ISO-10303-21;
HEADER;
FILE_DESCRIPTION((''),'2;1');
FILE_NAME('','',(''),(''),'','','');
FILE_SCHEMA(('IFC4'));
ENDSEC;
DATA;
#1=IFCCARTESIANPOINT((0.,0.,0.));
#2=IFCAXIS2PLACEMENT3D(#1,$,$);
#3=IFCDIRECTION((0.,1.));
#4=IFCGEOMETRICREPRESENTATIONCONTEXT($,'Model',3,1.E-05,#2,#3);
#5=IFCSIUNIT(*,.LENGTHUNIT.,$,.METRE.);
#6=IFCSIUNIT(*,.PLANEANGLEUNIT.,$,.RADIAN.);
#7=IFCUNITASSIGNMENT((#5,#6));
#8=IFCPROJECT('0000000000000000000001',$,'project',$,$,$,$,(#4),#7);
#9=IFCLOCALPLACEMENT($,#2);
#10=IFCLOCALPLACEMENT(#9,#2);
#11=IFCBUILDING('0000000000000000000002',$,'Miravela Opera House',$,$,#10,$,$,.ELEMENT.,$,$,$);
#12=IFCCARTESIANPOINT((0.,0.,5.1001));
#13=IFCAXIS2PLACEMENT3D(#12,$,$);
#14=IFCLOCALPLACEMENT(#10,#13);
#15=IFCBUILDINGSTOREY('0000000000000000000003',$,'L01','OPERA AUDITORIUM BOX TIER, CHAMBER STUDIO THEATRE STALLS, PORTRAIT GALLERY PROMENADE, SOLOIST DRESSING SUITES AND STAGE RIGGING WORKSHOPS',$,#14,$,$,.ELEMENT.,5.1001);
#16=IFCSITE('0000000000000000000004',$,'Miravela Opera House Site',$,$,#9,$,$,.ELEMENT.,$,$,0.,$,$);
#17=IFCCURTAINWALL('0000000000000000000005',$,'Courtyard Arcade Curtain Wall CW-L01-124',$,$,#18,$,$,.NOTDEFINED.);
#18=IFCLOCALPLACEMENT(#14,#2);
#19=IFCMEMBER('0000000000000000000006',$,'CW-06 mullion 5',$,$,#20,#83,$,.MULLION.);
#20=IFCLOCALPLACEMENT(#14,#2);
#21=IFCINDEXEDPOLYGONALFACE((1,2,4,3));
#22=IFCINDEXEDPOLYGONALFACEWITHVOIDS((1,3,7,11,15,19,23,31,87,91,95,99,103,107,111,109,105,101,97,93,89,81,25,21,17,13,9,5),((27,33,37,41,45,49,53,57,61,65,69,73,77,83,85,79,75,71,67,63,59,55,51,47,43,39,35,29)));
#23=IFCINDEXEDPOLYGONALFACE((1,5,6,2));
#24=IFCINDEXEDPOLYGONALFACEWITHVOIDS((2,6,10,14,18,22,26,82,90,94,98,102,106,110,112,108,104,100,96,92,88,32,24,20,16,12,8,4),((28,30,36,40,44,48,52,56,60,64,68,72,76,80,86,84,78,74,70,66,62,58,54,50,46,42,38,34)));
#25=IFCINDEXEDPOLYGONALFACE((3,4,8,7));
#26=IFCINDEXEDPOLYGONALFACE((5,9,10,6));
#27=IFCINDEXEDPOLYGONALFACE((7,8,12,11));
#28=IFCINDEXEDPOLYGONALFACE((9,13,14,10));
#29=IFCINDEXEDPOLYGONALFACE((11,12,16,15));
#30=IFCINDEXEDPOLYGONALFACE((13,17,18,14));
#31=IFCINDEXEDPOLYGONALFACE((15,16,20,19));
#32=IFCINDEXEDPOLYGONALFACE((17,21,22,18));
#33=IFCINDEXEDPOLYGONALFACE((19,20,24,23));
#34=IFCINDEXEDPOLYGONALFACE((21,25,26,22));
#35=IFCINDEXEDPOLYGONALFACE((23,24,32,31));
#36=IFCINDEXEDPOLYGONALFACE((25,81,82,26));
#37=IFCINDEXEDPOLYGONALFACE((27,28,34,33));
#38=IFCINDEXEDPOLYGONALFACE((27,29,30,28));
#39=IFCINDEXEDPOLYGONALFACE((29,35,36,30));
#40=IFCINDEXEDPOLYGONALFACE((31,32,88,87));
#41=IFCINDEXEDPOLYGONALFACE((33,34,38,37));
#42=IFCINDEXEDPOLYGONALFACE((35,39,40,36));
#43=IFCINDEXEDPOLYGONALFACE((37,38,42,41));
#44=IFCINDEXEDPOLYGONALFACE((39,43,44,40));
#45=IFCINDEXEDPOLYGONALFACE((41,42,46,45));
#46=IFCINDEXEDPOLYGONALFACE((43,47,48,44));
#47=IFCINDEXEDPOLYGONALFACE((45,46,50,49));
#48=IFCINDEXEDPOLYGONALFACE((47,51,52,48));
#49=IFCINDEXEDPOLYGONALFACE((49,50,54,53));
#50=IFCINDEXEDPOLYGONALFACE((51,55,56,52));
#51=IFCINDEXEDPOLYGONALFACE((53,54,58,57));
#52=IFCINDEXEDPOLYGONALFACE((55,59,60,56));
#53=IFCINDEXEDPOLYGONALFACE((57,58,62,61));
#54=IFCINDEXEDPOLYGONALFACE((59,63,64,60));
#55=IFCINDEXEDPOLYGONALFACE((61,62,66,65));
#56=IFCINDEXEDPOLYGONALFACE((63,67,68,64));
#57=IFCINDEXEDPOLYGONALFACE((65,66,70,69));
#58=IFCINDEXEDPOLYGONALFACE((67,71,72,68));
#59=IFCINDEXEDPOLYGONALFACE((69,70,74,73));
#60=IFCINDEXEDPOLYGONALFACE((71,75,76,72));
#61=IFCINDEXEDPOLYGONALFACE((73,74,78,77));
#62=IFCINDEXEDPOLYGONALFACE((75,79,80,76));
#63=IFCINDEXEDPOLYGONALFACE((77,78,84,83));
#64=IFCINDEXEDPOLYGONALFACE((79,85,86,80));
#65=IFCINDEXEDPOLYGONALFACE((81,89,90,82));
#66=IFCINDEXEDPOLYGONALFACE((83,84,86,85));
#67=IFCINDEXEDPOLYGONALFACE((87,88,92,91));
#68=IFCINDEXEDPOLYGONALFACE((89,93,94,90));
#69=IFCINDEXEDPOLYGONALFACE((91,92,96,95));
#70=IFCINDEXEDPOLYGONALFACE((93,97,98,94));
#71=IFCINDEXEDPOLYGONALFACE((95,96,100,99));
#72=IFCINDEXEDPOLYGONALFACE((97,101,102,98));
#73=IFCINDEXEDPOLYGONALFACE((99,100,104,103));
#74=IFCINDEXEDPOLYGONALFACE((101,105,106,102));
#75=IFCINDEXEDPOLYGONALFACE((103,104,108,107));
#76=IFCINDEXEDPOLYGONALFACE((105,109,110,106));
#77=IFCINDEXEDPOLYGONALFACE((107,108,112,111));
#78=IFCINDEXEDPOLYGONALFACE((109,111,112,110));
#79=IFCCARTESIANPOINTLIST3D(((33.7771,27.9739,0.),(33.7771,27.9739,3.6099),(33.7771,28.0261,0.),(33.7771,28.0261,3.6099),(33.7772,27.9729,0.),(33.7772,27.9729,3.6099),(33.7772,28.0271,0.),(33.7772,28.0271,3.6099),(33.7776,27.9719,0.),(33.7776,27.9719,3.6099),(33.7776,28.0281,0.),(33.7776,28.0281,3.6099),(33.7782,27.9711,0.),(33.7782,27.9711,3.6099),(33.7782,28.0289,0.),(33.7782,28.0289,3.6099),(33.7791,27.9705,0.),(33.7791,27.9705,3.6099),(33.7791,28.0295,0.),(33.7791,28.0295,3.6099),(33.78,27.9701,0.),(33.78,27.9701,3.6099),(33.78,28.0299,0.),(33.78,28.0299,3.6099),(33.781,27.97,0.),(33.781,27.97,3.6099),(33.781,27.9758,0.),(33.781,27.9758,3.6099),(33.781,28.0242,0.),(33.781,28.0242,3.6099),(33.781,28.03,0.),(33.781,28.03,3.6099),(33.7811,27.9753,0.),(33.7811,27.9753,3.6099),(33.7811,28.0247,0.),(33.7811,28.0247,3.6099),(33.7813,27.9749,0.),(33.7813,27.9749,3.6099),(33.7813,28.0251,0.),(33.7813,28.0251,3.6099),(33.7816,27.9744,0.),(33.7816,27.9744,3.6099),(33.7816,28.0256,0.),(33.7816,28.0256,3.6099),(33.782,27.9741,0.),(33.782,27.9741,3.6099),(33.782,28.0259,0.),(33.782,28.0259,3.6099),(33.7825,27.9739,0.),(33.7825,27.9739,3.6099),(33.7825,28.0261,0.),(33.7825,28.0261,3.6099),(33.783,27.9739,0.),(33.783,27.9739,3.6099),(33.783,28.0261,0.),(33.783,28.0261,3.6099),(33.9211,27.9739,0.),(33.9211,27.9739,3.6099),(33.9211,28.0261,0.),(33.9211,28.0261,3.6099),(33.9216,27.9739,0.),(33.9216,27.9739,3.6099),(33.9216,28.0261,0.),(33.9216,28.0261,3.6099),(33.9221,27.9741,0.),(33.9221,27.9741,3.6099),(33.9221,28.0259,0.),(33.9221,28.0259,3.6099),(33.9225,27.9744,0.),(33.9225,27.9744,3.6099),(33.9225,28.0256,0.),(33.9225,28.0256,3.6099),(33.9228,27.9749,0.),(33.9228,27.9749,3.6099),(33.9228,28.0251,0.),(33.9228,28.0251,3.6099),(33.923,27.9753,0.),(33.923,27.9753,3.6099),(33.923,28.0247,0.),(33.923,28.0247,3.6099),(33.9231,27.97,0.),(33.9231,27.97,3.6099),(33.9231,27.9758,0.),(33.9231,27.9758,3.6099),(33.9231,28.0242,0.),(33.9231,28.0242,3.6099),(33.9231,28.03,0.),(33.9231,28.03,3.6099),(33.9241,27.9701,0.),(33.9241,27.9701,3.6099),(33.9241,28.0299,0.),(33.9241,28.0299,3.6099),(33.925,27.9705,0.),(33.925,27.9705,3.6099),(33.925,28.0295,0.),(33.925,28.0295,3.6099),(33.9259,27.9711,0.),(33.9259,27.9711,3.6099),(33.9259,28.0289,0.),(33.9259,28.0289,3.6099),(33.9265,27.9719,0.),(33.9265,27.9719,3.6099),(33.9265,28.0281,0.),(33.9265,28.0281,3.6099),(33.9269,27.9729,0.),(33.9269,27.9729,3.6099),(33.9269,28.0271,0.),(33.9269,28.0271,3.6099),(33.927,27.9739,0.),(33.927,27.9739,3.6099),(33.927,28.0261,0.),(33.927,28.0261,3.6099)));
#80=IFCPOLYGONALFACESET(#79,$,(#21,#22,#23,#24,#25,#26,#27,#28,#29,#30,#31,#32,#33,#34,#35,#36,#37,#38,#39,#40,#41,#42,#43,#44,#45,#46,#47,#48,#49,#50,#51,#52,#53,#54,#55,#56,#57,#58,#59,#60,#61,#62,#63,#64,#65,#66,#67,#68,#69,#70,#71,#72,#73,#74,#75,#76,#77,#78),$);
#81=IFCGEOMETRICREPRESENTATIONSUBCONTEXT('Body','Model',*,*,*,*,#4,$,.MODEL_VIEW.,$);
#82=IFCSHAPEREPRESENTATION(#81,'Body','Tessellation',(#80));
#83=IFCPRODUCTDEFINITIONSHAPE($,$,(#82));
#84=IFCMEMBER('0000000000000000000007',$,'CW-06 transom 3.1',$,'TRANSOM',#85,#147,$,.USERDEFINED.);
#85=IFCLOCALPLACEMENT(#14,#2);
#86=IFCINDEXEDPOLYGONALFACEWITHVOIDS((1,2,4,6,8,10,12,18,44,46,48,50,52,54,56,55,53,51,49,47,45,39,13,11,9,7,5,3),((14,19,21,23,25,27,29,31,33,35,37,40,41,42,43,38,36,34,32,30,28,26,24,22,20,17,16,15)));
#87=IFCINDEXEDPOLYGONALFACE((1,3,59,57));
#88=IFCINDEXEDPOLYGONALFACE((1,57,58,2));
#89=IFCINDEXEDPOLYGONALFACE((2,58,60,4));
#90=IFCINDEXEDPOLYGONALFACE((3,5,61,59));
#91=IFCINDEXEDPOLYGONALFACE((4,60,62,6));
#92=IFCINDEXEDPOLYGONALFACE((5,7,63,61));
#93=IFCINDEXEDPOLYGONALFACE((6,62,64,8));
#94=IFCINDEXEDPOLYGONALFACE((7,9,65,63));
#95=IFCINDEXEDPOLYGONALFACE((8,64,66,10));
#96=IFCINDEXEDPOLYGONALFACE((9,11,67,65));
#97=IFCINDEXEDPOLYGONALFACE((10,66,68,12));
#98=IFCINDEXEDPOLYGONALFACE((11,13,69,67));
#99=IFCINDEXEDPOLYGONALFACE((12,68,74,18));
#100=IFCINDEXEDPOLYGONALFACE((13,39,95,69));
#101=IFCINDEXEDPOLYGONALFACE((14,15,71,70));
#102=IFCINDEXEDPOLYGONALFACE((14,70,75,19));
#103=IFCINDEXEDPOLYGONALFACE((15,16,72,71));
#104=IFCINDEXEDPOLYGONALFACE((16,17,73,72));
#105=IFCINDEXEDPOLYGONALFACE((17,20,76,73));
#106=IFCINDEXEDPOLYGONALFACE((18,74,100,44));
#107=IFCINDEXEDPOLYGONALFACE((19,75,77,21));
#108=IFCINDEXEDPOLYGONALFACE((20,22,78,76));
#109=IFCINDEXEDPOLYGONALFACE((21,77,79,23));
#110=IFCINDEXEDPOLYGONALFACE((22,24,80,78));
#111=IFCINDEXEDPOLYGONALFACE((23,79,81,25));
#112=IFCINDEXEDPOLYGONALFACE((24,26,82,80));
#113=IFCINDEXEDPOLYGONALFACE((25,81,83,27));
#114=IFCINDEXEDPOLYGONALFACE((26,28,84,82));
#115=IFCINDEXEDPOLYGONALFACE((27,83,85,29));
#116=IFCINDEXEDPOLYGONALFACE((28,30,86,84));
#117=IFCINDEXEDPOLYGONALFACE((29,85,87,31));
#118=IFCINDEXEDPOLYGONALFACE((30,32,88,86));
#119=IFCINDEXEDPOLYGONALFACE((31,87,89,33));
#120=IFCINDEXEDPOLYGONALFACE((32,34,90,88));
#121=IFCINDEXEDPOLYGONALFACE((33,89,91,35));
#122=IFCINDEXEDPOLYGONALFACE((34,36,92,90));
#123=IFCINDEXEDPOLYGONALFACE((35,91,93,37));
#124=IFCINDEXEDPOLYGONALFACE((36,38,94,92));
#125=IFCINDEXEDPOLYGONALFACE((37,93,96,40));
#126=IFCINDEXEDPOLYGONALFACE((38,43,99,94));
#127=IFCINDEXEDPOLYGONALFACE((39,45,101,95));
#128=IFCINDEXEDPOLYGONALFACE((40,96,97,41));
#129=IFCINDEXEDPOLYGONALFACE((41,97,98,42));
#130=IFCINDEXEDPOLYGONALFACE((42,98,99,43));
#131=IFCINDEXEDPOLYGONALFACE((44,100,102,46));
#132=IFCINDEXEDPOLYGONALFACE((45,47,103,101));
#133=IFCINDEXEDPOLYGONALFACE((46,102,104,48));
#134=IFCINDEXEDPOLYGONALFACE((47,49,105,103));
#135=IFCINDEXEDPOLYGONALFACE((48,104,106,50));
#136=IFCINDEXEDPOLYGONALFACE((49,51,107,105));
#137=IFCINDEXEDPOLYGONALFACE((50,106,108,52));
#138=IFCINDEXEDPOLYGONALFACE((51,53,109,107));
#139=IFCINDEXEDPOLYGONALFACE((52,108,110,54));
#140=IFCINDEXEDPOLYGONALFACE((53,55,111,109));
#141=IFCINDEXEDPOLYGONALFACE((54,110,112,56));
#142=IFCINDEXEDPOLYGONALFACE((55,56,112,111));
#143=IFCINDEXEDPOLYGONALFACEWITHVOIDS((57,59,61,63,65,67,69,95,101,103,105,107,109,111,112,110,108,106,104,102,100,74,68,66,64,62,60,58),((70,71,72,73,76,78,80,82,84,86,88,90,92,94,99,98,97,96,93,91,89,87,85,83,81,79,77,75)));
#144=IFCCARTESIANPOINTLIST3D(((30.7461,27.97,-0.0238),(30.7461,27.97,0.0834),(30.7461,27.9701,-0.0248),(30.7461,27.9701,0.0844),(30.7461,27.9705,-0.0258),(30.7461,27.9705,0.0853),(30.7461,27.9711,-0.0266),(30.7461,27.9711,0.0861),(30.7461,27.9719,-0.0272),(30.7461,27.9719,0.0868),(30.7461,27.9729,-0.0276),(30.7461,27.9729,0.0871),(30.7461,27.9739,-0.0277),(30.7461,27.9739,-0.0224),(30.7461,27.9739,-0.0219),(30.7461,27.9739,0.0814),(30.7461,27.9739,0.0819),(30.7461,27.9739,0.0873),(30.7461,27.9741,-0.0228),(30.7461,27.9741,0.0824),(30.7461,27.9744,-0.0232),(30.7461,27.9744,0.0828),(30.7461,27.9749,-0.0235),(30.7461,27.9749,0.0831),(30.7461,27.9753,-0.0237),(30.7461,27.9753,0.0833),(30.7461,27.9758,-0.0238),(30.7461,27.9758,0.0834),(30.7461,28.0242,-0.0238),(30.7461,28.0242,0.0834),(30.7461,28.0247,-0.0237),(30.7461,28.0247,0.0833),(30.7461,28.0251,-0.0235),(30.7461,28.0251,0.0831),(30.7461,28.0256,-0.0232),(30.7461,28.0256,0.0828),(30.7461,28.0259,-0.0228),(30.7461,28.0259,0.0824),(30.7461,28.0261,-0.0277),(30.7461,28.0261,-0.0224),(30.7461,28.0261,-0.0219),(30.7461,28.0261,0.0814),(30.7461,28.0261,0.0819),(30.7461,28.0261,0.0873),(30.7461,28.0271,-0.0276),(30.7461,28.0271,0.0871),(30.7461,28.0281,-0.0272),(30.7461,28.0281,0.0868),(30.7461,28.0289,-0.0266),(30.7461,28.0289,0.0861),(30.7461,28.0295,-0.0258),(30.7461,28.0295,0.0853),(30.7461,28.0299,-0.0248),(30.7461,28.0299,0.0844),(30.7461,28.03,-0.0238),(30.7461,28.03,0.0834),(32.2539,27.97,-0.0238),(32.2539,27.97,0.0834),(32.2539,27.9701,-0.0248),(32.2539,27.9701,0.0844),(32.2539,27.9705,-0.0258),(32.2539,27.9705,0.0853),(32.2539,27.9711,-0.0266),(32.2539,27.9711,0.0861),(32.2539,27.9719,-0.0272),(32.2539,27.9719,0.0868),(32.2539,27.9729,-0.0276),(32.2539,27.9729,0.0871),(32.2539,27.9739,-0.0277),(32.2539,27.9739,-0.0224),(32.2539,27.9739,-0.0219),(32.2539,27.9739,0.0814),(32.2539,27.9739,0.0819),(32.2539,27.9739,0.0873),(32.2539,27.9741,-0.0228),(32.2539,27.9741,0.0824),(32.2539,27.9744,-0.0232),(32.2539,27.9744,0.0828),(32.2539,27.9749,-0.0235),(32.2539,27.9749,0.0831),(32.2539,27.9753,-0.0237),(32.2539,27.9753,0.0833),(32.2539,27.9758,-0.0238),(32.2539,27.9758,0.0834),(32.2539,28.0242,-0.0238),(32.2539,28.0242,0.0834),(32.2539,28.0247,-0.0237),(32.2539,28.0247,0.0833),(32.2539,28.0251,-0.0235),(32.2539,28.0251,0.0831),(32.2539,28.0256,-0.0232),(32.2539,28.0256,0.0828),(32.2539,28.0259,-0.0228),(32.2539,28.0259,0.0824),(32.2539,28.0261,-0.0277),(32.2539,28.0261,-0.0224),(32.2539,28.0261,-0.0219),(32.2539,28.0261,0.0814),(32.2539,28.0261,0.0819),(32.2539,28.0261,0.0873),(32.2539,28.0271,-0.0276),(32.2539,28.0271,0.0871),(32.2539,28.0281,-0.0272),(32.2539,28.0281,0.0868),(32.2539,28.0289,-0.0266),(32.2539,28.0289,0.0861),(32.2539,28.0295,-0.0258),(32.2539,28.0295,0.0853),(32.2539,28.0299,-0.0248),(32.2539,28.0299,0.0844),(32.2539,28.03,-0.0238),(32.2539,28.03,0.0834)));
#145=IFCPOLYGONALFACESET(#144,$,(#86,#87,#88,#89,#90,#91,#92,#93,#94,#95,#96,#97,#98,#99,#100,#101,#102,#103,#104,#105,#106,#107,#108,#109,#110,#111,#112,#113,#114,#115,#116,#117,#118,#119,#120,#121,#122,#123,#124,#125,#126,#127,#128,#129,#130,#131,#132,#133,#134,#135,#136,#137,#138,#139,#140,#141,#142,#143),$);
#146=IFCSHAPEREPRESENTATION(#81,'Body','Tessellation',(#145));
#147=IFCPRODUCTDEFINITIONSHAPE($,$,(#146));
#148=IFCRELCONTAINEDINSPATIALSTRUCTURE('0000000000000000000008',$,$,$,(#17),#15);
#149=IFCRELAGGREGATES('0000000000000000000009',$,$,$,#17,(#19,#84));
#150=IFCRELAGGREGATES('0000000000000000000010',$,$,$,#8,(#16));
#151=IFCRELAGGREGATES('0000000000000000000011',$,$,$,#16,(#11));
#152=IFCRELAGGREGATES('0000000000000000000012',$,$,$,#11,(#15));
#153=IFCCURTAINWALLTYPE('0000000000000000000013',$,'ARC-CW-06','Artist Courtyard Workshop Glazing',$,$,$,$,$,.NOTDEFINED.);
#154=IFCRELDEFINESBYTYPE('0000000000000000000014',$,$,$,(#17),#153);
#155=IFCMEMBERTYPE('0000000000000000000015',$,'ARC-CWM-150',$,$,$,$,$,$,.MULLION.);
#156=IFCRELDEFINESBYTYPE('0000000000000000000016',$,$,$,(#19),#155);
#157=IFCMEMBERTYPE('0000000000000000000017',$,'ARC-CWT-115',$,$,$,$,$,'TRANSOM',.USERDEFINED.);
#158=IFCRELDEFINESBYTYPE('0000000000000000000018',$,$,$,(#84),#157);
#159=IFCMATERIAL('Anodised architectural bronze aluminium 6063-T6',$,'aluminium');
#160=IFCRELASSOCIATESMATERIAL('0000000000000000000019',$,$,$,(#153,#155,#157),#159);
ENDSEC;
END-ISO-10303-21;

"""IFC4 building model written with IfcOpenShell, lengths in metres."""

from ifc_helpers import new_model, si_unit, direction, frame, origin, origin_2d, place, context, subcontext, project, spatial, hollow_rectangle, extrude, material, material_profile, profile_set, type_object, element, aggregate, save


model = new_model("IFC4")

# Units and contexts
model_context = context("Model", 3, precision=1e-05, world=origin(), true_north=direction((0.0, 1.0)))
body_context = subcontext(model_context, "Body", "Model", "MODEL_VIEW")
ifc_project = project(units=[si_unit("LENGTHUNIT", "METRE"), si_unit("PLANEANGLEUNIT", "RADIAN")], contexts=[model_context])

# Site, building, storey
site_placement = place(None, origin())
site = spatial("IfcSite", under=ifc_project, at=site_placement, Name="Miravela Opera House Site", CompositionType="ELEMENT", RefElevation=0.0)
building_placement = place(site_placement, origin())
building = spatial("IfcBuilding", under=site, at=building_placement, Name="Miravela Opera House", CompositionType="ELEMENT")
storey_placement = place(building_placement, frame((0.0, 0.0, 5.1001)))
storey = spatial("IfcBuildingStorey", under=building, at=storey_placement, Name="L01", Description="OPERA AUDITORIUM BOX TIER, CHAMBER STUDIO THEATRE STALLS, PORTRAIT GALLERY PROMENADE, SOLOIST DRESSING SUITES AND STAGE RIGGING WORKSHOPS", CompositionType="ELEMENT", Elevation=5.1001)

# Curtain wall, members
ifc_material_1 = material(Name="Anodised architectural bronze aluminium 6063-T6", Category="aluminium")
curtain_wall_type = type_object("IfcCurtainWallType", Name="ARC-CW-06", Description="Artist Courtyard Workshop Glazing", PredefinedType="NOTDEFINED", material=ifc_material_1)
curtain_wall_placement = place(storey_placement, origin())
curtain_wall = element("IfcCurtainWall", 1, at=curtain_wall_placement, inside=storey, type_object=curtain_wall_type, Name="Courtyard Arcade Curtain Wall CW-L01-124", PredefinedType="NOTDEFINED")
ifc_material_profile_1 = material_profile(ifc_material_1, hollow_rectangle(XDim=0.0601, YDim=0.1499, WallThickness=0.0039, InnerFilletRadius=0.002, OuterFilletRadius=0.0039, at=origin_2d()), Name="CWM-60X150")
ifc_profile_set_1 = profile_set([ifc_material_profile_1])
member_type_1 = type_object("IfcMemberType", Name="ARC-CWM-150", PredefinedType="MULLION", material=ifc_profile_set_1)
member_1_placement = place(storey_placement, frame((33.8521, 28.0, 0.0), z_axis=(0.0, 0.0, 1.0), x_axis=(0.0, 1.0, 0.0)))
member_1 = element("IfcMember", 2, at=member_1_placement, type_object=member_type_1, Name="CW-06 mullion 5", PredefinedType="MULLION", context=body_context, shape_type="SweptSolid", body=[
    extrude(hollow_rectangle(XDim=0.0601, YDim=0.1499, WallThickness=0.0039, InnerFilletRadius=0.002, OuterFilletRadius=0.0039, at=origin_2d()), origin(), (0.0, 0.0, 1.0), 3.6099),
])
ifc_material_profile_2 = material_profile(ifc_material_1, hollow_rectangle(XDim=0.0601, YDim=0.115, WallThickness=0.0039, InnerFilletRadius=0.002, OuterFilletRadius=0.0039, at=origin_2d()), Name="CWT-60X115")
ifc_profile_set_2 = profile_set([ifc_material_profile_2])
member_type_2 = type_object("IfcMemberType", Name="ARC-CWT-115", ElementType="TRANSOM", PredefinedType="USERDEFINED", material=ifc_profile_set_2)
member_2_placement = place(storey_placement, frame((30.7461, 28.0, 0.0298), z_axis=(1.0, 0.0, 0.0), x_axis=(0.0, 1.0, 0.0)))
member_2 = element("IfcMember", 3, at=member_2_placement, type_object=member_type_2, Name="CW-06 transom 3.1", ObjectType="TRANSOM", PredefinedType="USERDEFINED", context=body_context, shape_type="SweptSolid", body=[
    extrude(hollow_rectangle(XDim=0.0601, YDim=0.115, WallThickness=0.0039, InnerFilletRadius=0.002, OuterFilletRadius=0.0039, at=origin_2d()), origin(), (0.0, 0.0, 1.0), 1.5078),
])
aggregate(curtain_wall, [member_1, member_2])

save(model, "model.ifc")
